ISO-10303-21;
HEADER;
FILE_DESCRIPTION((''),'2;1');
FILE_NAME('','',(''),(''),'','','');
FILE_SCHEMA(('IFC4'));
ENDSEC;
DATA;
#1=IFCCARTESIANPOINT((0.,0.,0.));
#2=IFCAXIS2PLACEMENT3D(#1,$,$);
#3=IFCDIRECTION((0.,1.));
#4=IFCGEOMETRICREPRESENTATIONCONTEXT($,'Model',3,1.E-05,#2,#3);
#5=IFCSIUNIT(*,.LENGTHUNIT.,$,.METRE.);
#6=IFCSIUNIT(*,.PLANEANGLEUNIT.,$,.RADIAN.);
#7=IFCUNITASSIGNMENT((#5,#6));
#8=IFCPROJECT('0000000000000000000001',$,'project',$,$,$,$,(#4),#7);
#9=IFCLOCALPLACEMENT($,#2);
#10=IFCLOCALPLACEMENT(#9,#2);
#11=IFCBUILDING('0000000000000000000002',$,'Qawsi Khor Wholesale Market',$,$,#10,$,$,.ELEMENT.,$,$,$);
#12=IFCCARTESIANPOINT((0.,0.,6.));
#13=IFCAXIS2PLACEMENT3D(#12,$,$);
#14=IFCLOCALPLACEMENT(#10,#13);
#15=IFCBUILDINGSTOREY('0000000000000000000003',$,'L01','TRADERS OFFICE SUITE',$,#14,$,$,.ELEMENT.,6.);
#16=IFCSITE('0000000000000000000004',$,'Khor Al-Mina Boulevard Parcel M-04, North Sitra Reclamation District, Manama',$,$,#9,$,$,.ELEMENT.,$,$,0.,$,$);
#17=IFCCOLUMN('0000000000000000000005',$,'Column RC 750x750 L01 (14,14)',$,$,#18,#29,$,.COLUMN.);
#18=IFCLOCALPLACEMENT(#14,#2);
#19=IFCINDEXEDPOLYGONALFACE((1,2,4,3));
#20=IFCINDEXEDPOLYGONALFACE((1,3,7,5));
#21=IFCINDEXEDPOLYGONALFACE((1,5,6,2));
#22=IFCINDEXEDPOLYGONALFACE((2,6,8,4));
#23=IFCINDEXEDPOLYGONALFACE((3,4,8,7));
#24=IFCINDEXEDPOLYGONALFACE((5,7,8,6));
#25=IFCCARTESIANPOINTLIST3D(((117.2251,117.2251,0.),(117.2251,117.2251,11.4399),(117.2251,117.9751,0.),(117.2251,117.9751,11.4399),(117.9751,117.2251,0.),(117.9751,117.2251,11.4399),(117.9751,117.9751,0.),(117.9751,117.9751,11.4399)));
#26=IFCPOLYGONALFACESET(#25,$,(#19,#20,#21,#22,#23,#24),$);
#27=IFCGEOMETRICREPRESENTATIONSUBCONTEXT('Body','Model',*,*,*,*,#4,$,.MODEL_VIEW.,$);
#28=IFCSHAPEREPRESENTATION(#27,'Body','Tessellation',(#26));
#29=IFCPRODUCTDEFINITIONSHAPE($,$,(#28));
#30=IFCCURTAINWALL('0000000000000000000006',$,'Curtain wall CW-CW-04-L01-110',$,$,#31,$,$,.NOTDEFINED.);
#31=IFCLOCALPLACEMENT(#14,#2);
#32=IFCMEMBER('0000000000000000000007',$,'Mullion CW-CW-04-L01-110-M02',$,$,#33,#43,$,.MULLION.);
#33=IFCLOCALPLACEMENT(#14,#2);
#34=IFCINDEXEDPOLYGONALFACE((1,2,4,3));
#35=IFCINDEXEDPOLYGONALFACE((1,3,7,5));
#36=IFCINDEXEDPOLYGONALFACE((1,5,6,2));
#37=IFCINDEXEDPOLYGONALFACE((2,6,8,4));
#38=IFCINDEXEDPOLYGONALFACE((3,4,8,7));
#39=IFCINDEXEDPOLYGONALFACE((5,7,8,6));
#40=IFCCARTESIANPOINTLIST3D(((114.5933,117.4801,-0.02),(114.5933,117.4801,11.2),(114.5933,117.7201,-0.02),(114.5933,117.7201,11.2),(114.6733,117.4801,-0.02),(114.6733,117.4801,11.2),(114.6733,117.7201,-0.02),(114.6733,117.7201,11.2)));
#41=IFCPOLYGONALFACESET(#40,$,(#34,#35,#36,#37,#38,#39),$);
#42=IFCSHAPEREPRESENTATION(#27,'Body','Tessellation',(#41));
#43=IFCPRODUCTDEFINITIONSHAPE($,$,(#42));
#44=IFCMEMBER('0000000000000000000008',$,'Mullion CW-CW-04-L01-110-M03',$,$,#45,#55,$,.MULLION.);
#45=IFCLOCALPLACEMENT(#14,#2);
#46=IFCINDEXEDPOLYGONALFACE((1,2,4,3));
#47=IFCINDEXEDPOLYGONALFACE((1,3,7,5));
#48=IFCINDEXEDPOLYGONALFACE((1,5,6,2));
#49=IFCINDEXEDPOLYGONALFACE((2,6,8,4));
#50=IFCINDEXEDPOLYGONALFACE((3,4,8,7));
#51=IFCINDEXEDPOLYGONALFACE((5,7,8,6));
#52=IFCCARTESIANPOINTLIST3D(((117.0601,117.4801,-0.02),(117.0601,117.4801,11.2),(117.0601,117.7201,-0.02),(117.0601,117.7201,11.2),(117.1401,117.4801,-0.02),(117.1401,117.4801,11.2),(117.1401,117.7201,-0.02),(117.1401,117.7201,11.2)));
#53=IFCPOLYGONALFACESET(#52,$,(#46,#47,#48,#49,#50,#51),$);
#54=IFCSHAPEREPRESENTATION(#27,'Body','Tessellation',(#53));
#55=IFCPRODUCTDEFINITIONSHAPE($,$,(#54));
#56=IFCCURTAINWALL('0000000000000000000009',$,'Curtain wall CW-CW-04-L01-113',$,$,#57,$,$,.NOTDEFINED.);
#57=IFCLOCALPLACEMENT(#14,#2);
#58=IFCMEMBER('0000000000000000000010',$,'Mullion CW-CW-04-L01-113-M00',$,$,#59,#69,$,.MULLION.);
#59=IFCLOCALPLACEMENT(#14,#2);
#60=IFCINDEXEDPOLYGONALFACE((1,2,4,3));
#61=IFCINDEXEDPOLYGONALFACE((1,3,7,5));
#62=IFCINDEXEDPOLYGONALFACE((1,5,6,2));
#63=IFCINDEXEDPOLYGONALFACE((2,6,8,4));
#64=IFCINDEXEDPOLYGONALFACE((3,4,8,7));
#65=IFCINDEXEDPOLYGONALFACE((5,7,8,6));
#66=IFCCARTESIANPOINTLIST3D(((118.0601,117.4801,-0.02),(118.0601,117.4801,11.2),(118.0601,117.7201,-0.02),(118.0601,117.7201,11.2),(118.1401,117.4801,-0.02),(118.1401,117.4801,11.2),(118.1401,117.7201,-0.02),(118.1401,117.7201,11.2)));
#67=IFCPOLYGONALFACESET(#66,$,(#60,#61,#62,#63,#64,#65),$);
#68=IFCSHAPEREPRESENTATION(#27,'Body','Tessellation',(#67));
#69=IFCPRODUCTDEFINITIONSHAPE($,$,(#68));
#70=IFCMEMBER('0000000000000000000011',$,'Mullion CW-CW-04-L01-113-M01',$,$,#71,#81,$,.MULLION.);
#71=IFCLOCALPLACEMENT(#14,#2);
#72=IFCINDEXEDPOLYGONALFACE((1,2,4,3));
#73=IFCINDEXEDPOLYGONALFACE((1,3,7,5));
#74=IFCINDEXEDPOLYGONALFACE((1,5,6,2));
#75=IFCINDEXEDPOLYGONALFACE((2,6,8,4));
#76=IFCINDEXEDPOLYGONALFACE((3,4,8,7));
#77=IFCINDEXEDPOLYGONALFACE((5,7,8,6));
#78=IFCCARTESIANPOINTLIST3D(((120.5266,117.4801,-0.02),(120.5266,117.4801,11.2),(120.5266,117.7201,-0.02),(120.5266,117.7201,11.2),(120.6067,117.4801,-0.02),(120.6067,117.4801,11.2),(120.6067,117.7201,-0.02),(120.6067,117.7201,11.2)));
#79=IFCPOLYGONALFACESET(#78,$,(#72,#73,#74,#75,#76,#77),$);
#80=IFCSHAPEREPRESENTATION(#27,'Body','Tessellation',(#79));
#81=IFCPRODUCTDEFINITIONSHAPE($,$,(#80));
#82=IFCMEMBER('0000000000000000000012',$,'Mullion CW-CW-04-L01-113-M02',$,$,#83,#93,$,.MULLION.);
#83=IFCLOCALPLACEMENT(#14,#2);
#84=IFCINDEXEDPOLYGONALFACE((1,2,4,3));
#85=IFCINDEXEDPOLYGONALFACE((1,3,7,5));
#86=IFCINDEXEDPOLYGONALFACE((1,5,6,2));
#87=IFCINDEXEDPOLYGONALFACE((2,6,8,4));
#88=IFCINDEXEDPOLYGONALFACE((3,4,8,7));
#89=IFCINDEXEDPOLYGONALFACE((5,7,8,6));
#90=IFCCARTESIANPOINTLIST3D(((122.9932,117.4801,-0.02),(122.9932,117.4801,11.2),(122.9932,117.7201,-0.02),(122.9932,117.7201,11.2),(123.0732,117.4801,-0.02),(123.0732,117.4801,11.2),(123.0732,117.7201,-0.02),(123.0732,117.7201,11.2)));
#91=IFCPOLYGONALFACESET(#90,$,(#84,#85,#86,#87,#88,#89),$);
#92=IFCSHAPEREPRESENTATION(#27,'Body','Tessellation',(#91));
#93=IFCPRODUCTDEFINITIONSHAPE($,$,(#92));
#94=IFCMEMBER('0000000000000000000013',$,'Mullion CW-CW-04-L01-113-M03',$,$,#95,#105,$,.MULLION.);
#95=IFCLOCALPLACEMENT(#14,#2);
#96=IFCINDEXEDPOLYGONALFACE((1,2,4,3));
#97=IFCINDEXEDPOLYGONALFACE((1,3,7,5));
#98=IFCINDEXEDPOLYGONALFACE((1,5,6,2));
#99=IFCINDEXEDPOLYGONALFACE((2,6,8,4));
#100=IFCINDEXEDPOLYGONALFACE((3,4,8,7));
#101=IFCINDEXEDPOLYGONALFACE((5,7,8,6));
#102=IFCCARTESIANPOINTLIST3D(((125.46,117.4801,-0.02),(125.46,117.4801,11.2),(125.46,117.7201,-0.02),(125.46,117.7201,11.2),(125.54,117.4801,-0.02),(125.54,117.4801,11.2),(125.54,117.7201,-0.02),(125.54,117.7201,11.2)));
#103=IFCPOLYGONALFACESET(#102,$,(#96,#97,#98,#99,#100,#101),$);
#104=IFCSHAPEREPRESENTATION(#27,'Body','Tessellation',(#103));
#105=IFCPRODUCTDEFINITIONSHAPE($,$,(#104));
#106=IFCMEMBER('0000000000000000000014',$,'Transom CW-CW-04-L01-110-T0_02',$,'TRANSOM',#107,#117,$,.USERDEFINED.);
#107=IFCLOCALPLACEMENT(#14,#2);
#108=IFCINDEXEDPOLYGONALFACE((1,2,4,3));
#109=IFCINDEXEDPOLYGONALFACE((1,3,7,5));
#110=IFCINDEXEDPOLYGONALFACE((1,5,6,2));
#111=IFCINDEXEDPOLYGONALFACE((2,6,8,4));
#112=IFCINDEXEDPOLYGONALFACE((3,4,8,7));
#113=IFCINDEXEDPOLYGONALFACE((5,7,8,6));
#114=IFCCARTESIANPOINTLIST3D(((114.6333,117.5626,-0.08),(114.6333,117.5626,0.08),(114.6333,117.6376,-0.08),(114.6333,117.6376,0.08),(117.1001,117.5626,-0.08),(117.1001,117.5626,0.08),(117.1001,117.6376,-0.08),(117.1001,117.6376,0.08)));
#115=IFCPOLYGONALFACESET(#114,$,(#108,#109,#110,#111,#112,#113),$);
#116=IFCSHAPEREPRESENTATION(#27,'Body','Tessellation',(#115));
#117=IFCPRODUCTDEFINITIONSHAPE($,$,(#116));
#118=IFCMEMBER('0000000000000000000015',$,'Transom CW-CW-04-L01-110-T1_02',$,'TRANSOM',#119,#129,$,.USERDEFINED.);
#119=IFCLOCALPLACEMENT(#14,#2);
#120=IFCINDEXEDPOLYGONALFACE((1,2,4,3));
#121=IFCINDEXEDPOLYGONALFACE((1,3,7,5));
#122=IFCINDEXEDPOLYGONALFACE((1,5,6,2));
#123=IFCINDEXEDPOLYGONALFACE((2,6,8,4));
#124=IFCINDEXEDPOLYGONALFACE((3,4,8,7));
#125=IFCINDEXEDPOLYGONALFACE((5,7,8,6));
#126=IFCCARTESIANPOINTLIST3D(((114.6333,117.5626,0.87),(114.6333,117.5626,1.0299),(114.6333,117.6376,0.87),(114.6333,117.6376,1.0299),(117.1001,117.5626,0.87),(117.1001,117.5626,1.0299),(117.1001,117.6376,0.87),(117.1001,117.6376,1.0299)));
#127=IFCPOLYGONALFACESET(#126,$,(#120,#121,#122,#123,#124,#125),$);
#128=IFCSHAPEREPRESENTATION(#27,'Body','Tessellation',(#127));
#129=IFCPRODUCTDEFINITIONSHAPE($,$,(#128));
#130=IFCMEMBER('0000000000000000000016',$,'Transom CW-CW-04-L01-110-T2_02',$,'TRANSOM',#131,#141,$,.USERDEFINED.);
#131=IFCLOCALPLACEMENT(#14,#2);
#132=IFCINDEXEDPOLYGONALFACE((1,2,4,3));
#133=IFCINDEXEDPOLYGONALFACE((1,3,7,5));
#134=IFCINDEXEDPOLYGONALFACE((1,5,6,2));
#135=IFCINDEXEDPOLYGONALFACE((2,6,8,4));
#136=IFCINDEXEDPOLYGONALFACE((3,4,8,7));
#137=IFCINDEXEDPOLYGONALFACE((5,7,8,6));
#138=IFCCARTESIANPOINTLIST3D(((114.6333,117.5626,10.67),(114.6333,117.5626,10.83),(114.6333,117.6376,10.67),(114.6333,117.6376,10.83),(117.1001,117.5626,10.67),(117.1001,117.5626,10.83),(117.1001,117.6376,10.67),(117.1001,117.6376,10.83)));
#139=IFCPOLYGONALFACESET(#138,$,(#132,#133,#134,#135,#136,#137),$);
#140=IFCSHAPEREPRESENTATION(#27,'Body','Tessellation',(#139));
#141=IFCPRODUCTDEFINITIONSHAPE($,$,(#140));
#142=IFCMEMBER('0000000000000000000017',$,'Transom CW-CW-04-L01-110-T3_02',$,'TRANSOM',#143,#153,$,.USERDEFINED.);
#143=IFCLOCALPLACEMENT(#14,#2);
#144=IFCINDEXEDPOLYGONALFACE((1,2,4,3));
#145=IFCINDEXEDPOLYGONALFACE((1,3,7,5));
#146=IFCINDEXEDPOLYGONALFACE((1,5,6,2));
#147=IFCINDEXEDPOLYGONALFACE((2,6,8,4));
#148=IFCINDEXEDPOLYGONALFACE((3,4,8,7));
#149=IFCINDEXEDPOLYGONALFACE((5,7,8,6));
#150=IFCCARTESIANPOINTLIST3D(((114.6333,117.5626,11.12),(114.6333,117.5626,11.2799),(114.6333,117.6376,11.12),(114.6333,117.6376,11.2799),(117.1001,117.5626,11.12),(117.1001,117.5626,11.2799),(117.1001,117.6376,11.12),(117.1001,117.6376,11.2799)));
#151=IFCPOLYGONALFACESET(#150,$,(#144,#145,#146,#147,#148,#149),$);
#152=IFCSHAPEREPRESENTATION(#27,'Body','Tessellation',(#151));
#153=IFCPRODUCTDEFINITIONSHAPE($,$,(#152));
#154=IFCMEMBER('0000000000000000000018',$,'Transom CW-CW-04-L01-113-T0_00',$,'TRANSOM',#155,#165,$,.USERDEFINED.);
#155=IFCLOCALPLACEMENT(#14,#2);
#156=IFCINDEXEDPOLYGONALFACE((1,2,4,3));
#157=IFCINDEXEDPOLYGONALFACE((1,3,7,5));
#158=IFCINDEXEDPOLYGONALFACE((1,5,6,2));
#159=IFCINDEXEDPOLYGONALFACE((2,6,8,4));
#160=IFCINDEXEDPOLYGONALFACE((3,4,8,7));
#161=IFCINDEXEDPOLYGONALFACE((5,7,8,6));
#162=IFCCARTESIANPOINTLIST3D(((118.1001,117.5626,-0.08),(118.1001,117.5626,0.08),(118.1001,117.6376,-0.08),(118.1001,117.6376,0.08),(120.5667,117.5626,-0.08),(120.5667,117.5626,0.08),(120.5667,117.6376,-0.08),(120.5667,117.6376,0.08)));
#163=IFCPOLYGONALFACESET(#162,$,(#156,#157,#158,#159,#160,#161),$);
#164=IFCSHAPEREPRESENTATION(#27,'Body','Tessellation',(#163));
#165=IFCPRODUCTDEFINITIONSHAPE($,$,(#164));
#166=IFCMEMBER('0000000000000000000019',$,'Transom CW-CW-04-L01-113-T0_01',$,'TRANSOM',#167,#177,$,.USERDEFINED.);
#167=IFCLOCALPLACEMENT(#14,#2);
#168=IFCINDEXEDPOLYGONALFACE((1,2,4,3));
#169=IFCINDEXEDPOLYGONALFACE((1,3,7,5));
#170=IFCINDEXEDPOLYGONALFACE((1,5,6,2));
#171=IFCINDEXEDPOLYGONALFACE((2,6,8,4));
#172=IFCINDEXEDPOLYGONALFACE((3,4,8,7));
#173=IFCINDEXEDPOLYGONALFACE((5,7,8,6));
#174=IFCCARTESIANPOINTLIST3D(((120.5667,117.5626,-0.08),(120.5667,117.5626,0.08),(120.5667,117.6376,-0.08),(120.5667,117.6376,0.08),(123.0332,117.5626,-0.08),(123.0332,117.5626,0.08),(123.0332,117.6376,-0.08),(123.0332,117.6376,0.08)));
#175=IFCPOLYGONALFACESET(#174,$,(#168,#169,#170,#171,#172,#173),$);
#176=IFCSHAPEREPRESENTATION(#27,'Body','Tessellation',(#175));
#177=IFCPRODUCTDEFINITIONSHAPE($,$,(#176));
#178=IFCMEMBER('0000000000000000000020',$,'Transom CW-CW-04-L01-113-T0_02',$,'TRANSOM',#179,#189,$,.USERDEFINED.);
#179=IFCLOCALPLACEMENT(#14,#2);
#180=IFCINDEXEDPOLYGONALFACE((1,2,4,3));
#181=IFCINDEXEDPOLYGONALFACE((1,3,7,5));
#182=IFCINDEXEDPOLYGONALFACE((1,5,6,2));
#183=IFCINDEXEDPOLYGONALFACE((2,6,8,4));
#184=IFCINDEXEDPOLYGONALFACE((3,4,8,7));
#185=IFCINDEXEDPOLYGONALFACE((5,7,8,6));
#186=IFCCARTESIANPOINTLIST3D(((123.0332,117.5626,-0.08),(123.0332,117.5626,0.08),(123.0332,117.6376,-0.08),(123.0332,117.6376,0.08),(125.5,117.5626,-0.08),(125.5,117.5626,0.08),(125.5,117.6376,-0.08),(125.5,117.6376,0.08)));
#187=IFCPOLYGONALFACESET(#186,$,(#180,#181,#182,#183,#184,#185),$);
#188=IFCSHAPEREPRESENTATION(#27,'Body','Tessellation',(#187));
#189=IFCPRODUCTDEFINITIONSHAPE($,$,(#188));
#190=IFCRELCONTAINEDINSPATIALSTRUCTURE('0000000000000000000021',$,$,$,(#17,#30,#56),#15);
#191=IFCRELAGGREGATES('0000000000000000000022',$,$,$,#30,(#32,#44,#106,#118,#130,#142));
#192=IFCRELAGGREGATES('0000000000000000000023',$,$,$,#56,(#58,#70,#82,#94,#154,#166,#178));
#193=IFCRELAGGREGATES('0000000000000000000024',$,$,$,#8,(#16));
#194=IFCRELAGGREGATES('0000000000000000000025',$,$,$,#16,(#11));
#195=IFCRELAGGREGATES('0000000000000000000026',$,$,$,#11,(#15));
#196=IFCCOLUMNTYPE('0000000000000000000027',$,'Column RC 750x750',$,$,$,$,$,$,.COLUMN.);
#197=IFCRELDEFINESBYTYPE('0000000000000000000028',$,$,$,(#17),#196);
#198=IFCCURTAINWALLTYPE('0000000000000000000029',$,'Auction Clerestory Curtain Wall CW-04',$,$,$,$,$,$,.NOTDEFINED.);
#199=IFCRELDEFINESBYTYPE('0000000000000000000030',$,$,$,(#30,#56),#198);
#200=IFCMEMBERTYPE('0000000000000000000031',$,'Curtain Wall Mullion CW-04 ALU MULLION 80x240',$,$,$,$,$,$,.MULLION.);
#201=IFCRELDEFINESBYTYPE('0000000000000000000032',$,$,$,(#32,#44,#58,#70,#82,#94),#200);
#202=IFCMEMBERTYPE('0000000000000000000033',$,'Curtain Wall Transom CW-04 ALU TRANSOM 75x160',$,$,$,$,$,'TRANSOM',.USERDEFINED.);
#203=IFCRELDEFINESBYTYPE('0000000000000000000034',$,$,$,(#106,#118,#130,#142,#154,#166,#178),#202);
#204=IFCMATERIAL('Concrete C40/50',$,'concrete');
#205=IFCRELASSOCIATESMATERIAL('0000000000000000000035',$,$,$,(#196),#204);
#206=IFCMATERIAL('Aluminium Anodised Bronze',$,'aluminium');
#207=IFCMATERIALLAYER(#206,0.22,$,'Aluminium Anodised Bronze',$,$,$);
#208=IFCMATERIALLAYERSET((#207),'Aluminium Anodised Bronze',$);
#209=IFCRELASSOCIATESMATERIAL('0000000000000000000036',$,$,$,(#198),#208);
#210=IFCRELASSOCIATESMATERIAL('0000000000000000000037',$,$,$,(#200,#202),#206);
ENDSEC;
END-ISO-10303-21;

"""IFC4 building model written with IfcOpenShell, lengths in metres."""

from ifc_helpers import new_model, si_unit, direction, frame, origin, origin_2d, place, context, subcontext, project, spatial, rectangle, extrude, material, layer, layer_set, material_profile, profile_set, type_object, element, aggregate, save


model = new_model("IFC4")

# Units and contexts
model_context = context("Model", 3, precision=1e-05, world=origin(), true_north=direction((0.0, 1.0)))
body_context = subcontext(model_context, "Body", "Model", "MODEL_VIEW")
ifc_project = project(units=[si_unit("LENGTHUNIT", "METRE"), si_unit("PLANEANGLEUNIT", "RADIAN")], contexts=[model_context])

# Site, building, storey
site_placement = place(None, origin())
site = spatial("IfcSite", under=ifc_project, at=site_placement, Name="Khor Al-Mina Boulevard Parcel M-04, North Sitra Reclamation District, Manama", CompositionType="ELEMENT", RefElevation=0.0)
building_placement = place(site_placement, origin())
building = spatial("IfcBuilding", under=site, at=building_placement, Name="Qawsi Khor Wholesale Market", CompositionType="ELEMENT")
storey_placement = place(building_placement, frame((0.0, 0.0, 6.0)))
storey = spatial("IfcBuildingStorey", under=building, at=storey_placement, Name="L01", Description="TRADERS OFFICE SUITE", CompositionType="ELEMENT", Elevation=6.0)

# Column
ifc_material_1 = material(Name="Concrete C40/50", Category="concrete")
ifc_material_profile_1 = material_profile(ifc_material_1, rectangle(XDim=0.75, YDim=0.75, at=origin_2d()), Name="RC 750x750")
ifc_profile_set_1 = profile_set([ifc_material_profile_1], Name="Concrete C40/50")
column_type = type_object("IfcColumnType", Name="Column RC 750x750", PredefinedType="COLUMN", material=ifc_profile_set_1)
column_placement = place(storey_placement, frame((117.6001, 117.6001, 0.0), z_axis=(0.0, 0.0, 1.0), x_axis=(1.0, 0.0, 0.0)))
element("IfcColumn", 1, at=column_placement, inside=storey, type_object=column_type, Name="Column RC 750x750 L01 (14,14)", PredefinedType="COLUMN", context=body_context, shape_type="SweptSolid", body=[
    extrude(rectangle(XDim=0.75, YDim=0.75, at=origin_2d()), origin(), (0.0, 0.0, 1.0), 11.4399),
])

# Curtain walls, members
ifc_material_2 = material(Name="Aluminium Anodised Bronze", Category="aluminium")
ifc_layer_1 = layer(ifc_material_2, 0.22, Name="Aluminium Anodised Bronze")
ifc_layer_set_1 = layer_set([ifc_layer_1], Name="Aluminium Anodised Bronze")
curtain_wall_type = type_object("IfcCurtainWallType", Name="Auction Clerestory Curtain Wall CW-04", PredefinedType="NOTDEFINED", material=ifc_layer_set_1)
curtain_wall_1_placement = place(storey_placement, origin())
curtain_wall_1 = element("IfcCurtainWall", 2, at=curtain_wall_1_placement, inside=storey, type_object=curtain_wall_type, Name="Curtain wall CW-CW-04-L01-110", PredefinedType="NOTDEFINED")
ifc_material_profile_2 = material_profile(ifc_material_2, rectangle(XDim=0.0801, YDim=0.24, at=origin_2d()), Name="ALU MULLION 80x240")
ifc_profile_set_2 = profile_set([ifc_material_profile_2], Name="Aluminium Anodised Bronze")
member_type_1 = type_object("IfcMemberType", Name="Curtain Wall Mullion CW-04 ALU MULLION 80x240", PredefinedType="MULLION", material=ifc_profile_set_2)
member_1_placement = place(storey_placement, frame((114.6333, 117.6001, -0.02), z_axis=(0.0, 0.0, 1.0), x_axis=(1.0, 0.0, 0.0)))
member_1 = element("IfcMember", 3, at=member_1_placement, type_object=member_type_1, Name="Mullion CW-CW-04-L01-110-M02", PredefinedType="MULLION", context=body_context, shape_type="SweptSolid", body=[
    extrude(rectangle(XDim=0.0801, YDim=0.24, at=origin_2d()), origin(), (0.0, 0.0, 1.0), 11.22),
])
member_2_placement = place(storey_placement, frame((117.1001, 117.6001, -0.02), z_axis=(0.0, 0.0, 1.0), x_axis=(1.0, 0.0, 0.0)))
member_2 = element("IfcMember", 4, at=member_2_placement, type_object=member_type_1, Name="Mullion CW-CW-04-L01-110-M03", PredefinedType="MULLION", context=body_context, shape_type="SweptSolid", body=[
    extrude(rectangle(XDim=0.0801, YDim=0.24, at=origin_2d()), origin(), (0.0, 0.0, 1.0), 11.22),
])
curtain_wall_2_placement = place(storey_placement, origin())
curtain_wall_2 = element("IfcCurtainWall", 5, at=curtain_wall_2_placement, inside=storey, type_object=curtain_wall_type, Name="Curtain wall CW-CW-04-L01-113", PredefinedType="NOTDEFINED")
member_3_placement = place(storey_placement, frame((118.1001, 117.6001, -0.02), z_axis=(0.0, 0.0, 1.0), x_axis=(1.0, 0.0, 0.0)))
member_3 = element("IfcMember", 6, at=member_3_placement, type_object=member_type_1, Name="Mullion CW-CW-04-L01-113-M00", PredefinedType="MULLION", context=body_context, shape_type="SweptSolid", body=[
    extrude(rectangle(XDim=0.0801, YDim=0.24, at=origin_2d()), origin(), (0.0, 0.0, 1.0), 11.22),
])
member_4_placement = place(storey_placement, frame((120.5667, 117.6001, -0.02), z_axis=(0.0, 0.0, 1.0), x_axis=(1.0, 0.0, 0.0)))
member_4 = element("IfcMember", 7, at=member_4_placement, type_object=member_type_1, Name="Mullion CW-CW-04-L01-113-M01", PredefinedType="MULLION", context=body_context, shape_type="SweptSolid", body=[
    extrude(rectangle(XDim=0.0801, YDim=0.24, at=origin_2d()), origin(), (0.0, 0.0, 1.0), 11.22),
])
member_5_placement = place(storey_placement, frame((123.0332, 117.6001, -0.02), z_axis=(0.0, 0.0, 1.0), x_axis=(1.0, 0.0, 0.0)))
member_5 = element("IfcMember", 8, at=member_5_placement, type_object=member_type_1, Name="Mullion CW-CW-04-L01-113-M02", PredefinedType="MULLION", context=body_context, shape_type="SweptSolid", body=[
    extrude(rectangle(XDim=0.0801, YDim=0.24, at=origin_2d()), origin(), (0.0, 0.0, 1.0), 11.22),
])
member_6_placement = place(storey_placement, frame((125.5, 117.6001, -0.02), z_axis=(0.0, 0.0, 1.0), x_axis=(1.0, 0.0, 0.0)))
member_6 = element("IfcMember", 9, at=member_6_placement, type_object=member_type_1, Name="Mullion CW-CW-04-L01-113-M03", PredefinedType="MULLION", context=body_context, shape_type="SweptSolid", body=[
    extrude(rectangle(XDim=0.0801, YDim=0.24, at=origin_2d()), origin(), (0.0, 0.0, 1.0), 11.22),
])

# Members
ifc_material_profile_3 = material_profile(ifc_material_2, rectangle(XDim=0.075, YDim=0.1599, at=origin_2d()), Name="ALU TRANSOM 75x160")
ifc_profile_set_3 = profile_set([ifc_material_profile_3], Name="Aluminium Anodised Bronze")
member_type_2 = type_object("IfcMemberType", Name="Curtain Wall Transom CW-04 ALU TRANSOM 75x160", ElementType="TRANSOM", PredefinedType="USERDEFINED", material=ifc_profile_set_3)
member_7_placement = place(storey_placement, frame((114.6333, 117.6001, 0.0), z_axis=(1.0, 0.0, 0.0), x_axis=(0.0, 1.0, 0.0)))
member_7 = element("IfcMember", 10, at=member_7_placement, type_object=member_type_2, Name="Transom CW-CW-04-L01-110-T0_02", ObjectType="TRANSOM", PredefinedType="USERDEFINED", context=body_context, shape_type="SweptSolid", body=[
    extrude(rectangle(XDim=0.075, YDim=0.1599, at=origin_2d()), origin(), (0.0, 0.0, 1.0), 2.4668),
])
member_8_placement = place(storey_placement, frame((114.6333, 117.6001, 0.95), z_axis=(1.0, 0.0, 0.0), x_axis=(0.0, 1.0, 0.0)))
member_8 = element("IfcMember", 11, at=member_8_placement, type_object=member_type_2, Name="Transom CW-CW-04-L01-110-T1_02", ObjectType="TRANSOM", PredefinedType="USERDEFINED", context=body_context, shape_type="SweptSolid", body=[
    extrude(rectangle(XDim=0.075, YDim=0.1599, at=origin_2d()), origin(), (0.0, 0.0, 1.0), 2.4668),
])
member_9_placement = place(storey_placement, frame((114.6333, 117.6001, 10.75), z_axis=(1.0, 0.0, 0.0), x_axis=(0.0, 1.0, 0.0)))
member_9 = element("IfcMember", 12, at=member_9_placement, type_object=member_type_2, Name="Transom CW-CW-04-L01-110-T2_02", ObjectType="TRANSOM", PredefinedType="USERDEFINED", context=body_context, shape_type="SweptSolid", body=[
    extrude(rectangle(XDim=0.075, YDim=0.1599, at=origin_2d()), origin(), (0.0, 0.0, 1.0), 2.4668),
])
member_10_placement = place(storey_placement, frame((114.6333, 117.6001, 11.2), z_axis=(1.0, 0.0, 0.0), x_axis=(0.0, 1.0, 0.0)))
member_10 = element("IfcMember", 13, at=member_10_placement, type_object=member_type_2, Name="Transom CW-CW-04-L01-110-T3_02", ObjectType="TRANSOM", PredefinedType="USERDEFINED", context=body_context, shape_type="SweptSolid", body=[
    extrude(rectangle(XDim=0.075, YDim=0.1599, at=origin_2d()), origin(), (0.0, 0.0, 1.0), 2.4668),
])
member_11_placement = place(storey_placement, frame((118.1001, 117.6001, 0.0), z_axis=(1.0, 0.0, 0.0), x_axis=(0.0, 1.0, 0.0)))
member_11 = element("IfcMember", 14, at=member_11_placement, type_object=member_type_2, Name="Transom CW-CW-04-L01-113-T0_00", ObjectType="TRANSOM", PredefinedType="USERDEFINED", context=body_context, shape_type="SweptSolid", body=[
    extrude(rectangle(XDim=0.075, YDim=0.1599, at=origin_2d()), origin(), (0.0, 0.0, 1.0), 2.4666),
])
member_12_placement = place(storey_placement, frame((120.5667, 117.6001, 0.0), z_axis=(1.0, 0.0, 0.0), x_axis=(0.0, 1.0, 0.0)))
member_12 = element("IfcMember", 15, at=member_12_placement, type_object=member_type_2, Name="Transom CW-CW-04-L01-113-T0_01", ObjectType="TRANSOM", PredefinedType="USERDEFINED", context=body_context, shape_type="SweptSolid", body=[
    extrude(rectangle(XDim=0.075, YDim=0.1599, at=origin_2d()), origin(), (0.0, 0.0, 1.0), 2.4666),
])
member_13_placement = place(storey_placement, frame((123.0332, 117.6001, 0.0), z_axis=(1.0, 0.0, 0.0), x_axis=(0.0, 1.0, 0.0)))
member_13 = element("IfcMember", 16, at=member_13_placement, type_object=member_type_2, Name="Transom CW-CW-04-L01-113-T0_02", ObjectType="TRANSOM", PredefinedType="USERDEFINED", context=body_context, shape_type="SweptSolid", body=[
    extrude(rectangle(XDim=0.075, YDim=0.1599, at=origin_2d()), origin(), (0.0, 0.0, 1.0), 2.4668),
])

aggregate(curtain_wall_1, [member_1, member_2, member_7, member_8, member_9, member_10])
aggregate(curtain_wall_2, [member_3, member_4, member_5, member_6, member_11, member_12, member_13])

save(model, "model.ifc")
